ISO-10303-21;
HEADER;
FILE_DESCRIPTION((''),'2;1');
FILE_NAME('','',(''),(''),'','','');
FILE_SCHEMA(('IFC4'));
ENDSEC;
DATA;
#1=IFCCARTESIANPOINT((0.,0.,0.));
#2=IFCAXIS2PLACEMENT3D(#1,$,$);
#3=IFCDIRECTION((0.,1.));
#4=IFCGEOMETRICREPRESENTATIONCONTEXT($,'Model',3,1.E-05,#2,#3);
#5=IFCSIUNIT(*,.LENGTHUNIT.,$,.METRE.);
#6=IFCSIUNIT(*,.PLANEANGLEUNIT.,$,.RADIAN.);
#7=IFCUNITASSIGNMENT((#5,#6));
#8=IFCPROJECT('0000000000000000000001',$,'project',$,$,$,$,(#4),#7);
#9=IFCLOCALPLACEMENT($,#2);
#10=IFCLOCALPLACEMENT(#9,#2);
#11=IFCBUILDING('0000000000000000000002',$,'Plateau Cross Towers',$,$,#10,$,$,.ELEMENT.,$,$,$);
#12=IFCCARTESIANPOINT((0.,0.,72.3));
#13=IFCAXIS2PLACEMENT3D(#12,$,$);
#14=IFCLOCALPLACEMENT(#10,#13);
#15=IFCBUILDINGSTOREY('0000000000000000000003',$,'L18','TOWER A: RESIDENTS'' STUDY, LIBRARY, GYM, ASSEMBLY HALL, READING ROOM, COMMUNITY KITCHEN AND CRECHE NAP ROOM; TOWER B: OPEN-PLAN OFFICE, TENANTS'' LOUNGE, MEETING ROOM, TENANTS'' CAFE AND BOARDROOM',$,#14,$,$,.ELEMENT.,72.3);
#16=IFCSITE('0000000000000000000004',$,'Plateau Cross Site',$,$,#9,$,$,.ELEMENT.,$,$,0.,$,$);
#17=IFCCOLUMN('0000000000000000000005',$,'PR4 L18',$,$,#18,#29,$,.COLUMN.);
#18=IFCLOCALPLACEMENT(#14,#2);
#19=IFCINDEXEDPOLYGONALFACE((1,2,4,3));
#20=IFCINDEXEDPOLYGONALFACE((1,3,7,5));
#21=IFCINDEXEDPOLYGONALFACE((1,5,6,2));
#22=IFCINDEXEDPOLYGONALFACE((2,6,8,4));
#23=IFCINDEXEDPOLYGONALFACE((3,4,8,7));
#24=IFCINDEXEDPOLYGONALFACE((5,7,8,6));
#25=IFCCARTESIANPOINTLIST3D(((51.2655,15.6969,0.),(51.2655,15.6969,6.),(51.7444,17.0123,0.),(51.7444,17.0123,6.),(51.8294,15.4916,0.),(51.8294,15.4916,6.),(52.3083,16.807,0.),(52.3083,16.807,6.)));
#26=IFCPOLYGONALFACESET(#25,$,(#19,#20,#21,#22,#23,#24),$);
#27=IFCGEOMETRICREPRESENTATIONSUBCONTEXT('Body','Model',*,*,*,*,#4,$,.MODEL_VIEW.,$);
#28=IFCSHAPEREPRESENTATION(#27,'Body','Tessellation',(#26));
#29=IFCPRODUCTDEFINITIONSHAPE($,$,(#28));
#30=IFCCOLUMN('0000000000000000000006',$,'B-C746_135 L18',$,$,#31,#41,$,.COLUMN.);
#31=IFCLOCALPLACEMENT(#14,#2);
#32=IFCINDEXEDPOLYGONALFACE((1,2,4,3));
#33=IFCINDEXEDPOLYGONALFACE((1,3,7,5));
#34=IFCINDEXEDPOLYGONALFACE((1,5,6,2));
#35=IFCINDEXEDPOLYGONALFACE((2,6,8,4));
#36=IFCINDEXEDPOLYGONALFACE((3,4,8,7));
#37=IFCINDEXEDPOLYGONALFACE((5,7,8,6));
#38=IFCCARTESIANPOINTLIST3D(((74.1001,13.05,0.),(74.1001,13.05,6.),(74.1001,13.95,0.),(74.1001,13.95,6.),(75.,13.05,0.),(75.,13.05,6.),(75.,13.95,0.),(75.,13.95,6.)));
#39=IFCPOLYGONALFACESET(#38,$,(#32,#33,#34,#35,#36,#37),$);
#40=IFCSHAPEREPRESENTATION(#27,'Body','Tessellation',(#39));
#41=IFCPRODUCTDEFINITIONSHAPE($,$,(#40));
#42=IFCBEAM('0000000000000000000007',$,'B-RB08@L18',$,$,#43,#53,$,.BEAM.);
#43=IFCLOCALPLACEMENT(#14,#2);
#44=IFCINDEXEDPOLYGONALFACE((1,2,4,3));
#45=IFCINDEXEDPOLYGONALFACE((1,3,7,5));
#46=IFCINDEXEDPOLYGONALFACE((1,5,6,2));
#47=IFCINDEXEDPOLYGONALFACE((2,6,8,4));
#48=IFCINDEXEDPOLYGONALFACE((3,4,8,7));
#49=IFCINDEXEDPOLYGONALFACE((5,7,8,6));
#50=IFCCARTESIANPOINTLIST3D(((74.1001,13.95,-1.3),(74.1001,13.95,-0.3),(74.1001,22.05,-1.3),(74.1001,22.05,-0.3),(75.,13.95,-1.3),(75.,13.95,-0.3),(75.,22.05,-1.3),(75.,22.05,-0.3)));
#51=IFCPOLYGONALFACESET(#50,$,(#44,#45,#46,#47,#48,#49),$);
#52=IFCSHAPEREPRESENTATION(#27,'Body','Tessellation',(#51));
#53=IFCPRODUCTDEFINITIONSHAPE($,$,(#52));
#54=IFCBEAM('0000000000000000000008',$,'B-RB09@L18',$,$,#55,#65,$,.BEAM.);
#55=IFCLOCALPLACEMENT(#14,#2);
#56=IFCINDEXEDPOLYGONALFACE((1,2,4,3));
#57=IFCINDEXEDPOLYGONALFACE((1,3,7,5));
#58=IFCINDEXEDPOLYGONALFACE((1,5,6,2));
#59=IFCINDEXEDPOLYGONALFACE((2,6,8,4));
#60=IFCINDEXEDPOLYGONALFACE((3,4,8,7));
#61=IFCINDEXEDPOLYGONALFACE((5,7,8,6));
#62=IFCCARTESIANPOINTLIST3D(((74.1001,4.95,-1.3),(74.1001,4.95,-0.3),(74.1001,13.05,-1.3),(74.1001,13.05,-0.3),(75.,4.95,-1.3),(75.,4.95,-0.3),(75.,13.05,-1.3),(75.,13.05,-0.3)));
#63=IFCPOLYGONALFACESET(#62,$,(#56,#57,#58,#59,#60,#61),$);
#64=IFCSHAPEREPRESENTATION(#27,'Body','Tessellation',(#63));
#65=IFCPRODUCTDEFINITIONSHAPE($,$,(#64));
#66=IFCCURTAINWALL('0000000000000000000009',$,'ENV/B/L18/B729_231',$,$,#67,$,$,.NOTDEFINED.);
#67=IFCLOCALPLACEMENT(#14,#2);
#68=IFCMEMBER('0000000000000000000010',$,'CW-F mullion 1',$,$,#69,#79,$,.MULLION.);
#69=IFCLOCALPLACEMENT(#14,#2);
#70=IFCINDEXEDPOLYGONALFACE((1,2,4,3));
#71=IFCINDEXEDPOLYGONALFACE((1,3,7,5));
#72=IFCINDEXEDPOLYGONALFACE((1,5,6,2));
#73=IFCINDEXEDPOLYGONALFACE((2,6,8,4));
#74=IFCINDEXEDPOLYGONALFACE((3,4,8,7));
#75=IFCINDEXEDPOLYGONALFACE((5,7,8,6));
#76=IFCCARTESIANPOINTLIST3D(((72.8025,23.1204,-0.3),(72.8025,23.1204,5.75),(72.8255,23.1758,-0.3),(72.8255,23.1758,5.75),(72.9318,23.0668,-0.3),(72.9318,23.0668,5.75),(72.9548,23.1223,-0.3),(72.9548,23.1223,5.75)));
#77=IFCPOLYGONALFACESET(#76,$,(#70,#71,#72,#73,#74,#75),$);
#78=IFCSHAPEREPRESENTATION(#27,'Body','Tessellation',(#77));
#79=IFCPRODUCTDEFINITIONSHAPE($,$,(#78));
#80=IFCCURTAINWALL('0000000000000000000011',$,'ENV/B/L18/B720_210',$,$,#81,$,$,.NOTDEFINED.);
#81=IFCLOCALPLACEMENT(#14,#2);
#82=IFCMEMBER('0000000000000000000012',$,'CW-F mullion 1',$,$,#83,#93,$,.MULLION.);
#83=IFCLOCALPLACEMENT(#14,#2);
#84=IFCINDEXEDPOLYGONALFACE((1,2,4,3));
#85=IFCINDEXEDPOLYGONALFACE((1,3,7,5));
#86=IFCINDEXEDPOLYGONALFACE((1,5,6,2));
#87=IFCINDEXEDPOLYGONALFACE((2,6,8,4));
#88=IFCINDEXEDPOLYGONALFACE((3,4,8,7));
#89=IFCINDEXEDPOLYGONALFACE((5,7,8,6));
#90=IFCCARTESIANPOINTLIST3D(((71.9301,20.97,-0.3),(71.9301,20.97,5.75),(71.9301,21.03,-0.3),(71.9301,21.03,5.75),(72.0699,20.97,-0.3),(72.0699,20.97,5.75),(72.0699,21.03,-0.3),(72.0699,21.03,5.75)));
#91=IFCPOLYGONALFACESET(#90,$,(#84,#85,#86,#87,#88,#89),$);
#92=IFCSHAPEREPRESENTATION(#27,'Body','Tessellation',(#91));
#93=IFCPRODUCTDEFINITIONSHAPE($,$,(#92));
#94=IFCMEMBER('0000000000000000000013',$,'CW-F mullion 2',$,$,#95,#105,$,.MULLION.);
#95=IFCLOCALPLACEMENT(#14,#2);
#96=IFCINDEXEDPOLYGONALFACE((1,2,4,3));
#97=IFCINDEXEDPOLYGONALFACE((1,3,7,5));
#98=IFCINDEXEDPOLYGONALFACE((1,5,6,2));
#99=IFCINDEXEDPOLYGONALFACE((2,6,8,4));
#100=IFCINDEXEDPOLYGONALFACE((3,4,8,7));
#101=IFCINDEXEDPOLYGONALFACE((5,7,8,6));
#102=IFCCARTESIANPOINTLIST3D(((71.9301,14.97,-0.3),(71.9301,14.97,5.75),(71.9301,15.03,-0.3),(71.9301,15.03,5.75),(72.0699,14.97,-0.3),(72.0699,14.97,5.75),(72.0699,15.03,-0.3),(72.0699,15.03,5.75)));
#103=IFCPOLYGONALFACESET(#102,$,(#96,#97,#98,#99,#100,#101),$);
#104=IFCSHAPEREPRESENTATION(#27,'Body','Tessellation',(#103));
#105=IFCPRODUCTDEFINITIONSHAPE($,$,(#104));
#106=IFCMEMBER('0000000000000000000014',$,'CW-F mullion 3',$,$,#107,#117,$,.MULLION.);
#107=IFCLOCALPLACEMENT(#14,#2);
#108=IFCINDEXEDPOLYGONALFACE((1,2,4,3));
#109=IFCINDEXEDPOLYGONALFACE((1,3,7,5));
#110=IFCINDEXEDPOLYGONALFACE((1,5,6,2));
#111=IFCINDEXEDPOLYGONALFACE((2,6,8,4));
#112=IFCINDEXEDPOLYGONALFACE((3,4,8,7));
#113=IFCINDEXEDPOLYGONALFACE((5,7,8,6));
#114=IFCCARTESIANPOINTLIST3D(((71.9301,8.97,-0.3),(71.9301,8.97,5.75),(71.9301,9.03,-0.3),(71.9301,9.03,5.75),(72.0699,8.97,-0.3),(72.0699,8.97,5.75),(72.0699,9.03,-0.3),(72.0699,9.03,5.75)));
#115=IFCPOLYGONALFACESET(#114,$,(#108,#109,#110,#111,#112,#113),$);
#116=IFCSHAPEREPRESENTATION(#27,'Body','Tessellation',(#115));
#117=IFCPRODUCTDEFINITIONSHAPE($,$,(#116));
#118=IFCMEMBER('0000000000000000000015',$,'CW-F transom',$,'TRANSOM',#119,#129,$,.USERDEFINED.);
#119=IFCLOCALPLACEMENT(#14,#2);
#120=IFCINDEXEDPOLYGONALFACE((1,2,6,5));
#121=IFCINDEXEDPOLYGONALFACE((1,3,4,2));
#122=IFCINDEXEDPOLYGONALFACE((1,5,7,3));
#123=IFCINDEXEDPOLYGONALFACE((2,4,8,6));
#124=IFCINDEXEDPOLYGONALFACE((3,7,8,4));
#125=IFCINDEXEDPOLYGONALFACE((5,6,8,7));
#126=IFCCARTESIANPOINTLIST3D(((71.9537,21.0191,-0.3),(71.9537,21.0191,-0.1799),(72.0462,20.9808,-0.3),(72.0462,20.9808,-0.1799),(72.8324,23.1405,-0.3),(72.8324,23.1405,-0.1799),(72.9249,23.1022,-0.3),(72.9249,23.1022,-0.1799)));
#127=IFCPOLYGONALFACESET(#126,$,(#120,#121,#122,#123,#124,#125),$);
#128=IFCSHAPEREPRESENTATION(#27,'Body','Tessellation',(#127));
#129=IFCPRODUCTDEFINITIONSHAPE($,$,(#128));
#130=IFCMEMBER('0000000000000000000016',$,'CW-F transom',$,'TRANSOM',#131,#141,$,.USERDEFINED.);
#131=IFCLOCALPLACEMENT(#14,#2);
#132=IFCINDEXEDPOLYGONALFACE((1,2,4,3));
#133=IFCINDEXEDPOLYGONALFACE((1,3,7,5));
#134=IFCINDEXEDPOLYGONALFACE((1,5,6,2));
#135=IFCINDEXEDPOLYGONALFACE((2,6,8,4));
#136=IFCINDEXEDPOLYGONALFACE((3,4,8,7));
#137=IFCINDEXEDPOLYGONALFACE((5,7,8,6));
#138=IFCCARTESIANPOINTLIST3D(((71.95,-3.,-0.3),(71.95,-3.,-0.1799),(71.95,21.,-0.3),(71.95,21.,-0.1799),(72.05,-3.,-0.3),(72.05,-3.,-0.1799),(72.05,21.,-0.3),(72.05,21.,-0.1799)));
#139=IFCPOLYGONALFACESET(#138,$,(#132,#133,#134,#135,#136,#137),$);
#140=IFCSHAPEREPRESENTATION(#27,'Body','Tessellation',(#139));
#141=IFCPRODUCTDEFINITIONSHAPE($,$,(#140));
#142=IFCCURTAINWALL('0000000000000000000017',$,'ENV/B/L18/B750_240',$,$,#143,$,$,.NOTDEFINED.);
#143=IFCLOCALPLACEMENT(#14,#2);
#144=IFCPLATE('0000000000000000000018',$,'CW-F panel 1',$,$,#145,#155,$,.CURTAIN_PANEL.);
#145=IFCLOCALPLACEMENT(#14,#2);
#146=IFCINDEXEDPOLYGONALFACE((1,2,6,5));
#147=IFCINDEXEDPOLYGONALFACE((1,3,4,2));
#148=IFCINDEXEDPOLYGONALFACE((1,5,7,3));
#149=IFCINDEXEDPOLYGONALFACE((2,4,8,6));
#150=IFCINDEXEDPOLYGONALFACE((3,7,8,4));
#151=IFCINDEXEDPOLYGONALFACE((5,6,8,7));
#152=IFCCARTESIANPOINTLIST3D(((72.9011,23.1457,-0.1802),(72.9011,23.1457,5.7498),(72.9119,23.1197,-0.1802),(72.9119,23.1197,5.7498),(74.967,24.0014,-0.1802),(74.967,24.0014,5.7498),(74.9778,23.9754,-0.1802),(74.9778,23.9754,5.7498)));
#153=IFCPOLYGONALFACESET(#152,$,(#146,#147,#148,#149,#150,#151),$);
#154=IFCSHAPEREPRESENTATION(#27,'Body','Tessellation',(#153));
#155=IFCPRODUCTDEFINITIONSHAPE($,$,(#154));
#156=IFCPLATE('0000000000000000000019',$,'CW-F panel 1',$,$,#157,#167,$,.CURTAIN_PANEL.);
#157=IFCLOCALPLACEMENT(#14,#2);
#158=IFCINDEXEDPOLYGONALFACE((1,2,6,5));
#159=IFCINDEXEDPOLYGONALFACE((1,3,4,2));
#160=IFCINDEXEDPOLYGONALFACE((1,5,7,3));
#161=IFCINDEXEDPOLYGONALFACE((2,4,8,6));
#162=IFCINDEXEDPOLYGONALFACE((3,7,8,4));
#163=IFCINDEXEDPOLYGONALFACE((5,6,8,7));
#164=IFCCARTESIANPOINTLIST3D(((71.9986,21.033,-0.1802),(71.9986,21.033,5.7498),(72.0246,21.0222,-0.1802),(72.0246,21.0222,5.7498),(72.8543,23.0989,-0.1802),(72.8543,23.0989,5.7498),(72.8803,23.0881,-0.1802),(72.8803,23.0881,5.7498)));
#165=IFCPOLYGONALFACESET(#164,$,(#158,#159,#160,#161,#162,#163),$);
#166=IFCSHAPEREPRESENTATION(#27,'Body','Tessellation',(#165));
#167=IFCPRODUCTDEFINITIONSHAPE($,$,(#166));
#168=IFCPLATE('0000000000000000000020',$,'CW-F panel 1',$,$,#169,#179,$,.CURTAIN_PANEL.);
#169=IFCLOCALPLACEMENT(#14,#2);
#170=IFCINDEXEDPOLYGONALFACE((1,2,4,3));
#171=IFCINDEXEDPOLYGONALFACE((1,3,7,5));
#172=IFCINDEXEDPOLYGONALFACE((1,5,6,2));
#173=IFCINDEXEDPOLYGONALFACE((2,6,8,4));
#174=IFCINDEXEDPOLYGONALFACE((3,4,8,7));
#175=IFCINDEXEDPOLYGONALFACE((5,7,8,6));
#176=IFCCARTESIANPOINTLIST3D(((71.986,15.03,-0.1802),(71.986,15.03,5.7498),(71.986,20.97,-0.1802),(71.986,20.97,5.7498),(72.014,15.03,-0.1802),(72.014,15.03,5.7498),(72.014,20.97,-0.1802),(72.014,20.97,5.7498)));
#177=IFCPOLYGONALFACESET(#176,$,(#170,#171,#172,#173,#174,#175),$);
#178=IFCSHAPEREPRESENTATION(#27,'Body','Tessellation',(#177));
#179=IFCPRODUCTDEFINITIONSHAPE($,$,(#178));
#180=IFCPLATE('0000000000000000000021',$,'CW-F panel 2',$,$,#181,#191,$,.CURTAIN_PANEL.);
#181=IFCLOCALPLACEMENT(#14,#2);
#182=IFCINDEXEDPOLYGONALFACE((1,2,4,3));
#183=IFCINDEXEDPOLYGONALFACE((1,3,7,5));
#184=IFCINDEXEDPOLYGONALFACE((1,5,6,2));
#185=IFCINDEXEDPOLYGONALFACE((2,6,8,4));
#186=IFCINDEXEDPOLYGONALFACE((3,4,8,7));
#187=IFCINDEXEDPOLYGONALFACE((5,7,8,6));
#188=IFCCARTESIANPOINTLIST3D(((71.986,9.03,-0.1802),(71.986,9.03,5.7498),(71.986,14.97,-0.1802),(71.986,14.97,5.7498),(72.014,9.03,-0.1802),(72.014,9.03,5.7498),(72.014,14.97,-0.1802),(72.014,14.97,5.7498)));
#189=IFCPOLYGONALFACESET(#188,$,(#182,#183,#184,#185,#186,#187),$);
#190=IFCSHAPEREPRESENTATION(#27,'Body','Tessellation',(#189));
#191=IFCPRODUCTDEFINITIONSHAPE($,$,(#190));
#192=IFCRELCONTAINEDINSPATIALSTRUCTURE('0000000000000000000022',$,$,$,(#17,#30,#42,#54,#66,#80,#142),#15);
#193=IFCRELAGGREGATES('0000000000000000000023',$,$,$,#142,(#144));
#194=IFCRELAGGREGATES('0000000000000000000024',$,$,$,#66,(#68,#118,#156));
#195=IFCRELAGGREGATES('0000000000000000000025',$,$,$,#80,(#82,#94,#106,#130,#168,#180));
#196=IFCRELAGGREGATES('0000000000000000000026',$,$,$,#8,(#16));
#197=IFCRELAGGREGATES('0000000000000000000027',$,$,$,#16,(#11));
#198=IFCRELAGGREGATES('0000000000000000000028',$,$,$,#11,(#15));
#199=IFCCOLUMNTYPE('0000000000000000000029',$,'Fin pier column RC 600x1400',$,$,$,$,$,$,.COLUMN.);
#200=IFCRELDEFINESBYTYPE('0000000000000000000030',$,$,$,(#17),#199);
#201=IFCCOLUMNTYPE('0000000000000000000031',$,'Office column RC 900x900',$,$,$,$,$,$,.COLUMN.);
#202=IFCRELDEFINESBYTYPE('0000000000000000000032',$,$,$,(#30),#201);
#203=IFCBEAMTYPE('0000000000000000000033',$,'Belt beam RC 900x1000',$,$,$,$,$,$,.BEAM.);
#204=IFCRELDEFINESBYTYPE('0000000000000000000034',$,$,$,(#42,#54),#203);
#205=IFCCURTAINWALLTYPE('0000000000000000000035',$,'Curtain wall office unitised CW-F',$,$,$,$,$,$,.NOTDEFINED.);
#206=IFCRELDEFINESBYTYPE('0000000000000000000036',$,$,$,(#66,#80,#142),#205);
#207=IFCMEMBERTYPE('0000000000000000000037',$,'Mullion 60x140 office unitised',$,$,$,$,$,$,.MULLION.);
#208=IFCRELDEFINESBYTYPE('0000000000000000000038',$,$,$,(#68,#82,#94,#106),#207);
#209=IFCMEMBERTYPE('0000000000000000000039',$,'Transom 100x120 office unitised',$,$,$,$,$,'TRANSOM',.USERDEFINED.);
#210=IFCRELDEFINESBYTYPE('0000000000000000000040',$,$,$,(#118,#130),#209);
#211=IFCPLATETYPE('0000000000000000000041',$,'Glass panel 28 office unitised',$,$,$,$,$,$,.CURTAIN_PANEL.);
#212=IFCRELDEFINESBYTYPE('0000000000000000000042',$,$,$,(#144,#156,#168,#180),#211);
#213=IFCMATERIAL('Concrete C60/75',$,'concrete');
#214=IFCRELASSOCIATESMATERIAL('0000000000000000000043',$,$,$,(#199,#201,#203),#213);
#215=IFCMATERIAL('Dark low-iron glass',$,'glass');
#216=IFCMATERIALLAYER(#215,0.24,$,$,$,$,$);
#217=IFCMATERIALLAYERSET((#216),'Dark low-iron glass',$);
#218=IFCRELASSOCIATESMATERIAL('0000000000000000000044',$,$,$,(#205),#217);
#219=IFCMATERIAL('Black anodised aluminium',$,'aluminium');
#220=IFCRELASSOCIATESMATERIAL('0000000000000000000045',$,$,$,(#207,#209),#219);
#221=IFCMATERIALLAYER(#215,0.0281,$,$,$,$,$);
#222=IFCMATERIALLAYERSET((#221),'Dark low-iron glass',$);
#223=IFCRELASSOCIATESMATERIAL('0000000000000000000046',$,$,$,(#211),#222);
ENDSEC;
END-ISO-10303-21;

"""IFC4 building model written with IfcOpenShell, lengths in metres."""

from ifc_helpers import new_model, si_unit, direction, frame, origin, origin_2d, place, context, subcontext, project, spatial, rectangle, extrude, material, layer, layer_set, material_profile, profile_set, type_object, element, aggregate, save


model = new_model("IFC4")

# Units and contexts
model_context = context("Model", 3, precision=1e-05, world=origin(), true_north=direction((0.0, 1.0)))
body_context = subcontext(model_context, "Body", "Model", "MODEL_VIEW")
ifc_project = project(units=[si_unit("LENGTHUNIT", "METRE"), si_unit("PLANEANGLEUNIT", "RADIAN")], contexts=[model_context])

# Site, building, storey
site_placement = place(None, origin())
site = spatial("IfcSite", under=ifc_project, at=site_placement, Name="Plateau Cross Site", CompositionType="ELEMENT", RefElevation=0.0)
building_placement = place(site_placement, origin())
building = spatial("IfcBuilding", under=site, at=building_placement, Name="Plateau Cross Towers", CompositionType="ELEMENT")
storey_placement = place(building_placement, frame((0.0, 0.0, 72.3)))
storey = spatial("IfcBuildingStorey", under=building, at=storey_placement, Name="L18", Description="TOWER A: RESIDENTS' STUDY, LIBRARY, GYM, ASSEMBLY HALL, READING ROOM, COMMUNITY KITCHEN AND CRECHE NAP ROOM; TOWER B: OPEN-PLAN OFFICE, TENANTS' LOUNGE, MEETING ROOM, TENANTS' CAFE AND BOARDROOM", CompositionType="ELEMENT", Elevation=72.3)

# Columns
ifc_material_1 = material(Name="Concrete C60/75", Category="concrete")
ifc_material_profile_1 = material_profile(ifc_material_1, rectangle(XDim=0.6001, YDim=1.3999, at=origin_2d()), Name="RC 600x1400")
ifc_profile_set_1 = profile_set([ifc_material_profile_1], Name="Concrete C60/75")
column_type_1 = type_object("IfcColumnType", Name="Fin pier column RC 600x1400", PredefinedType="COLUMN", material=ifc_profile_set_1)
column_1_placement = place(storey_placement, frame((51.7869, 16.252, 0.0), z_axis=(0.0, 0.0, 1.0), x_axis=(-0.939664, 0.342098, 0.0)))
element("IfcColumn", 1, at=column_1_placement, inside=storey, type_object=column_type_1, Name="PR4 L18", PredefinedType="COLUMN", context=body_context, shape_type="SweptSolid", body=[
    extrude(rectangle(XDim=0.6001, YDim=1.3999, at=origin_2d()), origin(), (0.0, 0.0, 1.0), 6.0),
])
ifc_material_profile_2 = material_profile(ifc_material_1, rectangle(XDim=0.8999, YDim=0.8999, at=origin_2d()), Name="RC 900x900")
ifc_profile_set_2 = profile_set([ifc_material_profile_2], Name="Concrete C60/75")
column_type_2 = type_object("IfcColumnType", Name="Office column RC 900x900", PredefinedType="COLUMN", material=ifc_profile_set_2)
column_2_placement = place(storey_placement, frame((74.55, 13.5, 0.0), z_axis=(0.0, 0.0, 1.0), x_axis=(1.0, 0.0, 0.0)))
element("IfcColumn", 2, at=column_2_placement, inside=storey, type_object=column_type_2, Name="B-C746_135 L18", PredefinedType="COLUMN", context=body_context, shape_type="SweptSolid", body=[
    extrude(rectangle(XDim=0.8999, YDim=0.8999, at=origin_2d()), origin(), (0.0, 0.0, 1.0), 6.0),
])

# Beams
ifc_material_profile_3 = material_profile(ifc_material_1, rectangle(XDim=0.8999, YDim=1.0, at=origin_2d()), Name="RC 900x1000")
ifc_profile_set_3 = profile_set([ifc_material_profile_3], Name="Concrete C60/75")
beam_type = type_object("IfcBeamType", Name="Belt beam RC 900x1000", PredefinedType="BEAM", material=ifc_profile_set_3)
for number, where, z_axis, x_axis, name in (
    (3, (74.55, 22.05, -0.8), (0.0, -1.0, 0.0), (1.0, 0.0, 0.0), "B-RB08@L18"),
    (4, (74.55, 13.05, -0.8), (0.0, -1.0, 0.0), (1.0, 0.0, 0.0), "B-RB09@L18"),
):
    element("IfcBeam", number, at=place(storey_placement, frame(where, z_axis=z_axis, x_axis=x_axis)), inside=storey, type_object=beam_type, Name=name, PredefinedType="BEAM", context=body_context, shape_type="SweptSolid", body=[
        extrude(rectangle(XDim=0.8999, YDim=1.0, at=origin_2d()), origin(), (0.0, 0.0, 1.0), 8.1001),
    ])

# Curtain wall, member
ifc_material_2 = material(Name="Dark low-iron glass", Category="glass")
ifc_layer_1 = layer(ifc_material_2, 0.24)
ifc_layer_set_1 = layer_set([ifc_layer_1], Name="Dark low-iron glass")
curtain_wall_type = type_object("IfcCurtainWallType", Name="Curtain wall office unitised CW-F", PredefinedType="NOTDEFINED", material=ifc_layer_set_1)
curtain_wall_1_placement = place(storey_placement, origin())
curtain_wall_1 = element("IfcCurtainWall", 5, at=curtain_wall_1_placement, inside=storey, type_object=curtain_wall_type, Name="ENV/B/L18/B729_231", PredefinedType="NOTDEFINED")
ifc_material_3 = material(Name="Black anodised aluminium", Category="aluminium")
ifc_material_profile_4 = material_profile(ifc_material_3, rectangle(XDim=0.0601, YDim=0.1399, at=origin_2d()), Name="MULLION 60x140")
ifc_profile_set_4 = profile_set([ifc_material_profile_4], Name="Black anodised aluminium")
member_type_1 = type_object("IfcMemberType", Name="Mullion 60x140 office unitised", PredefinedType="MULLION", material=ifc_profile_set_4)
member_1_placement = place(storey_placement, frame((72.8787, 23.1213, -0.3), z_axis=(0.0, 0.0, 1.0), x_axis=(-0.382684, -0.923879, 0.0)))
member_1 = element("IfcMember", 6, at=member_1_placement, type_object=member_type_1, Name="CW-F mullion 1", PredefinedType="MULLION", context=body_context, shape_type="SweptSolid", body=[
    extrude(rectangle(XDim=0.0601, YDim=0.1399, at=origin_2d()), origin(), (0.0, 0.0, 1.0), 6.05),
])

# Curtain wall, members
curtain_wall_2_placement = place(storey_placement, origin())
curtain_wall_2 = element("IfcCurtainWall", 7, at=curtain_wall_2_placement, inside=storey, type_object=curtain_wall_type, Name="ENV/B/L18/B720_210", PredefinedType="NOTDEFINED")
member_2_placement = place(storey_placement, frame((72.0, 21.0, -0.3), z_axis=(0.0, 0.0, 1.0), x_axis=(0.0, -1.0, 0.0)))
member_2 = element("IfcMember", 8, at=member_2_placement, type_object=member_type_1, Name="CW-F mullion 1", PredefinedType="MULLION", context=body_context, shape_type="SweptSolid", body=[
    extrude(rectangle(XDim=0.0601, YDim=0.1399, at=origin_2d()), origin(), (0.0, 0.0, 1.0), 6.05),
])
member_3_placement = place(storey_placement, frame((72.0, 15.0, -0.3), z_axis=(0.0, 0.0, 1.0), x_axis=(0.0, -1.0, 0.0)))
member_3 = element("IfcMember", 9, at=member_3_placement, type_object=member_type_1, Name="CW-F mullion 2", PredefinedType="MULLION", context=body_context, shape_type="SweptSolid", body=[
    extrude(rectangle(XDim=0.0601, YDim=0.1399, at=origin_2d()), origin(), (0.0, 0.0, 1.0), 6.05),
])
member_4_placement = place(storey_placement, frame((72.0, 9.0, -0.3), z_axis=(0.0, 0.0, 1.0), x_axis=(0.0, -1.0, 0.0)))
member_4 = element("IfcMember", 10, at=member_4_placement, type_object=member_type_1, Name="CW-F mullion 3", PredefinedType="MULLION", context=body_context, shape_type="SweptSolid", body=[
    extrude(rectangle(XDim=0.0601, YDim=0.1399, at=origin_2d()), origin(), (0.0, 0.0, 1.0), 6.05),
])

# Members
ifc_material_profile_5 = material_profile(ifc_material_3, rectangle(XDim=0.1001, YDim=0.1201, at=origin_2d()), Name="TRANSOM 100x120")
ifc_profile_set_5 = profile_set([ifc_material_profile_5], Name="Black anodised aluminium")
member_type_2 = type_object("IfcMemberType", Name="Transom 100x120 office unitised", ElementType="TRANSOM", PredefinedType="USERDEFINED", material=ifc_profile_set_5)
member_5_placement = place(storey_placement, frame((72.8787, 23.1213, -0.24), z_axis=(-0.382674, -0.923883, 0.0), x_axis=(0.923883, -0.382674, 0.0)))
member_5 = element("IfcMember", 11, at=member_5_placement, type_object=member_type_2, Name="CW-F transom", ObjectType="TRANSOM", PredefinedType="USERDEFINED", context=body_context, shape_type="SweptSolid", body=[
    extrude(rectangle(XDim=0.1001, YDim=0.1201, at=origin_2d()), origin(), (0.0, 0.0, 1.0), 2.2961),
])
member_6_placement = place(storey_placement, frame((72.0, 21.0, -0.24), z_axis=(0.0, -1.0, 0.0), x_axis=(1.0, 0.0, 0.0)))
member_6 = element("IfcMember", 12, at=member_6_placement, type_object=member_type_2, Name="CW-F transom", ObjectType="TRANSOM", PredefinedType="USERDEFINED", context=body_context, shape_type="SweptSolid", body=[
    extrude(rectangle(XDim=0.1001, YDim=0.1201, at=origin_2d()), origin(), (0.0, 0.0, 1.0), 24.0),
])

# Curtain wall, plate
curtain_wall_3_placement = place(storey_placement, origin())
curtain_wall_3 = element("IfcCurtainWall", 13, at=curtain_wall_3_placement, inside=storey, type_object=curtain_wall_type, Name="ENV/B/L18/B750_240", PredefinedType="NOTDEFINED")
ifc_layer_2 = layer(ifc_material_2, 0.0281)
ifc_layer_set_2 = layer_set([ifc_layer_2], Name="Dark low-iron glass")
plate_type = type_object("IfcPlateType", Name="Glass panel 28 office unitised", PredefinedType="CURTAIN_PANEL", material=ifc_layer_set_2)
plate_1_placement = place(storey_placement, frame((73.9395, 23.5605, -0.1802), z_axis=(0.0, 0.0, 1.0), x_axis=(-0.923879, -0.382684, 0.0)))
plate_1 = element("IfcPlate", 14, at=plate_1_placement, type_object=plate_type, Name="CW-F panel 1", PredefinedType="CURTAIN_PANEL", context=body_context, shape_type="SweptSolid", body=[
    extrude(rectangle(XDim=2.2361, YDim=0.0281, at=origin_2d()), origin(), (0.0, 0.0, 1.0), 5.9299),
])
aggregate(curtain_wall_3, [plate_1])

# Plates
plate_2_placement = place(storey_placement, frame((72.4395, 22.0605, -0.1802), z_axis=(0.0, 0.0, 1.0), x_axis=(-0.382684, -0.923879, 0.0)))
plate_2 = element("IfcPlate", 15, at=plate_2_placement, type_object=plate_type, Name="CW-F panel 1", PredefinedType="CURTAIN_PANEL", context=body_context, shape_type="SweptSolid", body=[
    extrude(rectangle(XDim=2.2361, YDim=0.0281, at=origin_2d()), origin(), (0.0, 0.0, 1.0), 5.9299),
])
aggregate(curtain_wall_1, [member_1, member_5, plate_2])
plate_3_placement = place(storey_placement, frame((72.0, 18.0, -0.1802), z_axis=(0.0, 0.0, 1.0), x_axis=(0.0, -1.0, 0.0)))
plate_3 = element("IfcPlate", 16, at=plate_3_placement, type_object=plate_type, Name="CW-F panel 1", PredefinedType="CURTAIN_PANEL", context=body_context, shape_type="SweptSolid", body=[
    extrude(rectangle(XDim=5.9399, YDim=0.0281, at=origin_2d()), origin(), (0.0, 0.0, 1.0), 5.9299),
])
plate_4_placement = place(storey_placement, frame((72.0, 12.0, -0.1802), z_axis=(0.0, 0.0, 1.0), x_axis=(0.0, -1.0, 0.0)))
plate_4 = element("IfcPlate", 17, at=plate_4_placement, type_object=plate_type, Name="CW-F panel 2", PredefinedType="CURTAIN_PANEL", context=body_context, shape_type="SweptSolid", body=[
    extrude(rectangle(XDim=5.9399, YDim=0.0281, at=origin_2d()), origin(), (0.0, 0.0, 1.0), 5.9299),
])
aggregate(curtain_wall_2, [member_2, member_3, member_4, member_6, plate_3, plate_4])

save(model, "model.ifc")
